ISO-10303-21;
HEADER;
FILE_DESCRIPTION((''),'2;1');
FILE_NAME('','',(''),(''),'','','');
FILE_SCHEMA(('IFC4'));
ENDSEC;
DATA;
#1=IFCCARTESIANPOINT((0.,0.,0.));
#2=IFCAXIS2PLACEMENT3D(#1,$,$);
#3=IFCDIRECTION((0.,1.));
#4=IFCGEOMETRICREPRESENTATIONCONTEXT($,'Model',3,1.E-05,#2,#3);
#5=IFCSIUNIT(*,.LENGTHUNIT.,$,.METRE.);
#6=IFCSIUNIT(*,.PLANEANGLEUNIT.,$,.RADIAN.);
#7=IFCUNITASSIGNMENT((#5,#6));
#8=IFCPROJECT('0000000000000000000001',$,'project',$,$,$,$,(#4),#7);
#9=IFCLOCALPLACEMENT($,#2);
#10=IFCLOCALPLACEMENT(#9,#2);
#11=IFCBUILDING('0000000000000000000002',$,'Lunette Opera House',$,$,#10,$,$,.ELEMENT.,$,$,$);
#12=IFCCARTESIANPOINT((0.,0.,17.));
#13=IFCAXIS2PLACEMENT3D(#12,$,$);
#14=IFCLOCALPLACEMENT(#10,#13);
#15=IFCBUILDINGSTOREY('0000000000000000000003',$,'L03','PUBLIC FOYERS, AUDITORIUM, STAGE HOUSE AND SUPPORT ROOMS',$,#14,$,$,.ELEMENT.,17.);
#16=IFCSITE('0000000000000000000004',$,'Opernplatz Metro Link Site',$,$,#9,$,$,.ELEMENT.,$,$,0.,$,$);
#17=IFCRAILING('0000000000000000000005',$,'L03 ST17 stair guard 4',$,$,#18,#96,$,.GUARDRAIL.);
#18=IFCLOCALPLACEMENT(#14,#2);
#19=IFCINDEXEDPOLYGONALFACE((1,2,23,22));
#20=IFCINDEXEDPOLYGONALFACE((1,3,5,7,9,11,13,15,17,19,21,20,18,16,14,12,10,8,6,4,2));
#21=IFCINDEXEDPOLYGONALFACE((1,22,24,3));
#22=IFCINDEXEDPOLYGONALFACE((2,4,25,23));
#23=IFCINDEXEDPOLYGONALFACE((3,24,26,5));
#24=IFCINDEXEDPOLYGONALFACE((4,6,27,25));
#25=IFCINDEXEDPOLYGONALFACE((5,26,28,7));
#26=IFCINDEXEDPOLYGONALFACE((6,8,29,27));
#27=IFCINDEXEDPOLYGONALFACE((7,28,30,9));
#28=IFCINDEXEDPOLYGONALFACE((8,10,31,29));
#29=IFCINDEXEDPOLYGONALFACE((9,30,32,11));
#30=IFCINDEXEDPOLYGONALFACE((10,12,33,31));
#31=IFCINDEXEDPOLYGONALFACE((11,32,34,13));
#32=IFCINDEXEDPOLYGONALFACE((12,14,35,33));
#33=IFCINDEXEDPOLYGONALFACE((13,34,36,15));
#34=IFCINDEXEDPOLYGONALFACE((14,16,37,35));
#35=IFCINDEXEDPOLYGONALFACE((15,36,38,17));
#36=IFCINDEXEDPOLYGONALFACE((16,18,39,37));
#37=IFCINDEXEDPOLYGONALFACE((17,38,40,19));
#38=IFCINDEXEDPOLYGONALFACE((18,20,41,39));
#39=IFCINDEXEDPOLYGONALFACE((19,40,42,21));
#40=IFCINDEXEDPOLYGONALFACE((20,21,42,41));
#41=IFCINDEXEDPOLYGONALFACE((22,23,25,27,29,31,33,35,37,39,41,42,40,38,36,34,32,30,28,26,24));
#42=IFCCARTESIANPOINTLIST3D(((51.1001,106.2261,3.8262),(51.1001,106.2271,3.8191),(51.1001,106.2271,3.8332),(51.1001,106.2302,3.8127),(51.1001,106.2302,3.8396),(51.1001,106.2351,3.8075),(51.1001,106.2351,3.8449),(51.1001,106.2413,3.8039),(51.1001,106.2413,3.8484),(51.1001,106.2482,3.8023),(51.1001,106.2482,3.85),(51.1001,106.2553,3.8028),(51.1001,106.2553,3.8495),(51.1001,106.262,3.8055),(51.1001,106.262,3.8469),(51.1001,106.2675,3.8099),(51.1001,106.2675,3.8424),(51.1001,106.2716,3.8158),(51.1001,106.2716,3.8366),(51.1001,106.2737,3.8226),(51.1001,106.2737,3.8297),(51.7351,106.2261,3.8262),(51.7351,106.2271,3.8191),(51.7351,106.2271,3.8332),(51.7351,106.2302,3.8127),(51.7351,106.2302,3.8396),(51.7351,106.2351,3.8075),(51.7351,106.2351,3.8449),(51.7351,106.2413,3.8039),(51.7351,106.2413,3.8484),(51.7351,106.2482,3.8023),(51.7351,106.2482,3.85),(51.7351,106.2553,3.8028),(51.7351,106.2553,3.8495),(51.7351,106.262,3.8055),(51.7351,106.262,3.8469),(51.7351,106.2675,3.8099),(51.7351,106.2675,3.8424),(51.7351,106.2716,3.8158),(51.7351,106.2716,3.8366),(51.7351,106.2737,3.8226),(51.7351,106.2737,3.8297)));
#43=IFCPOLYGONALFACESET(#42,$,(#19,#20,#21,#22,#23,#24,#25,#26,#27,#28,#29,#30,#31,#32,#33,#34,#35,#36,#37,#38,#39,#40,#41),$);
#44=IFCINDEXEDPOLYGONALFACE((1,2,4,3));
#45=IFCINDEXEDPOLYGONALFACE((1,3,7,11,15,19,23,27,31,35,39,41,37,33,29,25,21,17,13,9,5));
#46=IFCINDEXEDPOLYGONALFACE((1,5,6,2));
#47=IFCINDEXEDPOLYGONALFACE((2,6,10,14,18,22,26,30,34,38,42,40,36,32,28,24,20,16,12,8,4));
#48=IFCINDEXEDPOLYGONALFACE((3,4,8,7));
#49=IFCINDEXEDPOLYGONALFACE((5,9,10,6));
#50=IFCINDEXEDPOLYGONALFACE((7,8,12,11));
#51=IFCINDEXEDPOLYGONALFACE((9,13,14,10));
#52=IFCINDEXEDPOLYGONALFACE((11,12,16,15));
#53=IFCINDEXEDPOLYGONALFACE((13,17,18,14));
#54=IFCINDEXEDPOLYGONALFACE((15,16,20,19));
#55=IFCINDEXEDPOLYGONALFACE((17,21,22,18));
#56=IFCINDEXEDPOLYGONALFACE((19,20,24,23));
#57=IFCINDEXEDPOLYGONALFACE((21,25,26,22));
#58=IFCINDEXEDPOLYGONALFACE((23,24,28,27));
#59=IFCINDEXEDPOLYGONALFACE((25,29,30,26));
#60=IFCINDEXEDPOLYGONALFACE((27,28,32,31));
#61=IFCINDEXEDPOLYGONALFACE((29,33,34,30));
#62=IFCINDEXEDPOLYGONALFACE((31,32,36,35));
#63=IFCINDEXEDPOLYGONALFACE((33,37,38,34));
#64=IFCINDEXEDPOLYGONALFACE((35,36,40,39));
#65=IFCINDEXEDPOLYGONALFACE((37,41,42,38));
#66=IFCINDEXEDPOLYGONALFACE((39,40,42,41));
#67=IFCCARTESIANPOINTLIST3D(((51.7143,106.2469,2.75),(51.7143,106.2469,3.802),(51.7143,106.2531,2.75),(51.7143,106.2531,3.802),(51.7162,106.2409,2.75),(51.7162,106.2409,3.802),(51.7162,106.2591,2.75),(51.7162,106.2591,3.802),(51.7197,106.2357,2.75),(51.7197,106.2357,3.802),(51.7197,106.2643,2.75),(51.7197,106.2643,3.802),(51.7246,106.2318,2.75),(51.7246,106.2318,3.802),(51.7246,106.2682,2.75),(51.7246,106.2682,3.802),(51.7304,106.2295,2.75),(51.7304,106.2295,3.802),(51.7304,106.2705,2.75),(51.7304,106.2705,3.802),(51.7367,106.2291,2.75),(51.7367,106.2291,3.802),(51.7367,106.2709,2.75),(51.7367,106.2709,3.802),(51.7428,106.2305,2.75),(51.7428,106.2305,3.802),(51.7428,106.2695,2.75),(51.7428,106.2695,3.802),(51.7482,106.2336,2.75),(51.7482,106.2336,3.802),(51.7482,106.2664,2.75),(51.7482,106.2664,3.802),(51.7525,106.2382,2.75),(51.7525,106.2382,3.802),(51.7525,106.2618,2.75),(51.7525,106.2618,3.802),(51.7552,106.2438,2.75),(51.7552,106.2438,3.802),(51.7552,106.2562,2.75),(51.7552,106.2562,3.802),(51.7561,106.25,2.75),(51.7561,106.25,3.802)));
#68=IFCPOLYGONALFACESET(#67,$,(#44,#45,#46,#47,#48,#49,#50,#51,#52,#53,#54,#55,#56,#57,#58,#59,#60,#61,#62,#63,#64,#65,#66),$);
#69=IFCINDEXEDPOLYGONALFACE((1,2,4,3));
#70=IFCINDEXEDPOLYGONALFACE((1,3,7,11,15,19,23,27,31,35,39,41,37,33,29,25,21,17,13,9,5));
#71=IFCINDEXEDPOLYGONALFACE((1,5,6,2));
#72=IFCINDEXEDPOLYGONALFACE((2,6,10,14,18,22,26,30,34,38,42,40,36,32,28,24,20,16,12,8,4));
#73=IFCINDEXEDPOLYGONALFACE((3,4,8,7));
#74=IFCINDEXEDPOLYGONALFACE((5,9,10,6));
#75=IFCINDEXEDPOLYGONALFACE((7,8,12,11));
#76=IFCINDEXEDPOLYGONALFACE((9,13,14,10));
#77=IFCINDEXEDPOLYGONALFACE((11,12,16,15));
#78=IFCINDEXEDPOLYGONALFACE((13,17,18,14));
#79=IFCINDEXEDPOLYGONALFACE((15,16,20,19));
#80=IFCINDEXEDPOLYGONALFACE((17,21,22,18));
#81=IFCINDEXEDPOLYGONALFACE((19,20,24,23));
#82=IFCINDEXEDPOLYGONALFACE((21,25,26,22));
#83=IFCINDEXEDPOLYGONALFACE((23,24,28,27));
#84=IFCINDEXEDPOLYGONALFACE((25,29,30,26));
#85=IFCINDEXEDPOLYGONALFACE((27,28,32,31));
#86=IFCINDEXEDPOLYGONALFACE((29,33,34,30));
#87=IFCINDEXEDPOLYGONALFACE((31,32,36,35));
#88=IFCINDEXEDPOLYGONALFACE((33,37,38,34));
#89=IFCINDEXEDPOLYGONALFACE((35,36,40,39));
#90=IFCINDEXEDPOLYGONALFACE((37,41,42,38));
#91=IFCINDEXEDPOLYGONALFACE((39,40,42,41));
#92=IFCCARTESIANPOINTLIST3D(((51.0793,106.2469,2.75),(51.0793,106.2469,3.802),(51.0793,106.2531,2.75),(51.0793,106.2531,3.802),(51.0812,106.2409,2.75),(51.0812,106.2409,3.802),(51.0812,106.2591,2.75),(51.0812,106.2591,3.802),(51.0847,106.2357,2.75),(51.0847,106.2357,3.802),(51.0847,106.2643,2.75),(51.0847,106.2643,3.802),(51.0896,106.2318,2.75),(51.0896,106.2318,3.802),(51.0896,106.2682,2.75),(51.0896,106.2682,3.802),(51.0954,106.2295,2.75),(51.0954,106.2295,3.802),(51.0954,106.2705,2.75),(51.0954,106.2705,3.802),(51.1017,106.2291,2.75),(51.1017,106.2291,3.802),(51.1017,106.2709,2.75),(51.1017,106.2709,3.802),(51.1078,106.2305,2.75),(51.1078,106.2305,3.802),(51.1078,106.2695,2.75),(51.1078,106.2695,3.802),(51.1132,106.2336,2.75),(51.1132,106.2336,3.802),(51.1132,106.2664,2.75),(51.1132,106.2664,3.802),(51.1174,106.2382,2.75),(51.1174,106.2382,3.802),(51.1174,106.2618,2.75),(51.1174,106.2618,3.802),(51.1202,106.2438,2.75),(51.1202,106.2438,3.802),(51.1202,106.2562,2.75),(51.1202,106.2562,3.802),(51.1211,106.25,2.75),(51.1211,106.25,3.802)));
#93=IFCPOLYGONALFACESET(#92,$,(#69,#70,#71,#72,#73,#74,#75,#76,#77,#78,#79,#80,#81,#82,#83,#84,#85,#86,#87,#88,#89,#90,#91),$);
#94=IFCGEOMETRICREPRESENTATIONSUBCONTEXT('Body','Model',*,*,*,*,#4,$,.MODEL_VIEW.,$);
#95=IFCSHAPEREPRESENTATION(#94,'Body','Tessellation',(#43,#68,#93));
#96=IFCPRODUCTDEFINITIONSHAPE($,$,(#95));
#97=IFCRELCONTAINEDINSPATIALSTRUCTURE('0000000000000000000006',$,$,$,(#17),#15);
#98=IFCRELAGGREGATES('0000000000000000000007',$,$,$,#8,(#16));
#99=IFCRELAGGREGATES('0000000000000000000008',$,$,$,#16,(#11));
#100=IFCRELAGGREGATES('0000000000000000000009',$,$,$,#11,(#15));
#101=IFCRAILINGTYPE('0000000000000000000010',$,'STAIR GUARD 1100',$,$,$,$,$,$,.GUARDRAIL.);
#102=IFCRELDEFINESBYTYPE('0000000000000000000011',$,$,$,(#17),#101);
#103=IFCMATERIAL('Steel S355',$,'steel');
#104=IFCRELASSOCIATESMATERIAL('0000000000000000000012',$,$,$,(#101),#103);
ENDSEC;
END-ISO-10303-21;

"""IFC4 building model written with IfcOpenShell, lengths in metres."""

from ifc_helpers import new_model, si_unit, direction, frame, origin, origin_2d, place, context, subcontext, project, spatial, circle, extrude, material, type_object, element, save


model = new_model("IFC4")

# Units and contexts
model_context = context("Model", 3, precision=1e-05, world=origin(), true_north=direction((0.0, 1.0)))
body_context = subcontext(model_context, "Body", "Model", "MODEL_VIEW")
ifc_project = project(units=[si_unit("LENGTHUNIT", "METRE"), si_unit("PLANEANGLEUNIT", "RADIAN")], contexts=[model_context])

# Site, building, storey
site_placement = place(None, origin())
site = spatial("IfcSite", under=ifc_project, at=site_placement, Name="Opernplatz Metro Link Site", CompositionType="ELEMENT", RefElevation=0.0)
building_placement = place(site_placement, origin())
building = spatial("IfcBuilding", under=site, at=building_placement, Name="Lunette Opera House", CompositionType="ELEMENT")
storey_placement = place(building_placement, frame((0.0, 0.0, 17.0)))
storey = spatial("IfcBuildingStorey", under=building, at=storey_placement, Name="L03", Description="PUBLIC FOYERS, AUDITORIUM, STAGE HOUSE AND SUPPORT ROOMS", CompositionType="ELEMENT", Elevation=17.0)

# Railing
ifc_material_1 = material(Name="Steel S355", Category="steel")
railing_type_1 = type_object("IfcRailingType", Name="STAIR GUARD 1100", PredefinedType="GUARDRAIL", material=ifc_material_1)
railing_1_placement = place(storey_placement, frame((51.7351, 106.25, 2.75)))
element("IfcRailing", 1, at=railing_1_placement, inside=storey, type_object=railing_type_1, Name="L03 ST17 stair guard 4", PredefinedType="GUARDRAIL", context=body_context, shape_type="SweptSolid", body=[
    extrude(circle(Radius=0.0239, at=origin_2d()), frame((0.0, 0.0, 1.0762), z_axis=(-1.0, 0.0, 0.0), x_axis=(0.0, -1.0, 0.0)), (0.0, 0.0, 1.0), 0.635),
    extrude(circle(Radius=0.021, at=origin_2d()), origin(), (0.0, 0.0, 1.0), 1.052),
    extrude(circle(Radius=0.021, at=origin_2d()), frame((-0.635, 0.0, 0.0)), (0.0, 0.0, 1.0), 1.052),
])

save(model, "model.ifc")
